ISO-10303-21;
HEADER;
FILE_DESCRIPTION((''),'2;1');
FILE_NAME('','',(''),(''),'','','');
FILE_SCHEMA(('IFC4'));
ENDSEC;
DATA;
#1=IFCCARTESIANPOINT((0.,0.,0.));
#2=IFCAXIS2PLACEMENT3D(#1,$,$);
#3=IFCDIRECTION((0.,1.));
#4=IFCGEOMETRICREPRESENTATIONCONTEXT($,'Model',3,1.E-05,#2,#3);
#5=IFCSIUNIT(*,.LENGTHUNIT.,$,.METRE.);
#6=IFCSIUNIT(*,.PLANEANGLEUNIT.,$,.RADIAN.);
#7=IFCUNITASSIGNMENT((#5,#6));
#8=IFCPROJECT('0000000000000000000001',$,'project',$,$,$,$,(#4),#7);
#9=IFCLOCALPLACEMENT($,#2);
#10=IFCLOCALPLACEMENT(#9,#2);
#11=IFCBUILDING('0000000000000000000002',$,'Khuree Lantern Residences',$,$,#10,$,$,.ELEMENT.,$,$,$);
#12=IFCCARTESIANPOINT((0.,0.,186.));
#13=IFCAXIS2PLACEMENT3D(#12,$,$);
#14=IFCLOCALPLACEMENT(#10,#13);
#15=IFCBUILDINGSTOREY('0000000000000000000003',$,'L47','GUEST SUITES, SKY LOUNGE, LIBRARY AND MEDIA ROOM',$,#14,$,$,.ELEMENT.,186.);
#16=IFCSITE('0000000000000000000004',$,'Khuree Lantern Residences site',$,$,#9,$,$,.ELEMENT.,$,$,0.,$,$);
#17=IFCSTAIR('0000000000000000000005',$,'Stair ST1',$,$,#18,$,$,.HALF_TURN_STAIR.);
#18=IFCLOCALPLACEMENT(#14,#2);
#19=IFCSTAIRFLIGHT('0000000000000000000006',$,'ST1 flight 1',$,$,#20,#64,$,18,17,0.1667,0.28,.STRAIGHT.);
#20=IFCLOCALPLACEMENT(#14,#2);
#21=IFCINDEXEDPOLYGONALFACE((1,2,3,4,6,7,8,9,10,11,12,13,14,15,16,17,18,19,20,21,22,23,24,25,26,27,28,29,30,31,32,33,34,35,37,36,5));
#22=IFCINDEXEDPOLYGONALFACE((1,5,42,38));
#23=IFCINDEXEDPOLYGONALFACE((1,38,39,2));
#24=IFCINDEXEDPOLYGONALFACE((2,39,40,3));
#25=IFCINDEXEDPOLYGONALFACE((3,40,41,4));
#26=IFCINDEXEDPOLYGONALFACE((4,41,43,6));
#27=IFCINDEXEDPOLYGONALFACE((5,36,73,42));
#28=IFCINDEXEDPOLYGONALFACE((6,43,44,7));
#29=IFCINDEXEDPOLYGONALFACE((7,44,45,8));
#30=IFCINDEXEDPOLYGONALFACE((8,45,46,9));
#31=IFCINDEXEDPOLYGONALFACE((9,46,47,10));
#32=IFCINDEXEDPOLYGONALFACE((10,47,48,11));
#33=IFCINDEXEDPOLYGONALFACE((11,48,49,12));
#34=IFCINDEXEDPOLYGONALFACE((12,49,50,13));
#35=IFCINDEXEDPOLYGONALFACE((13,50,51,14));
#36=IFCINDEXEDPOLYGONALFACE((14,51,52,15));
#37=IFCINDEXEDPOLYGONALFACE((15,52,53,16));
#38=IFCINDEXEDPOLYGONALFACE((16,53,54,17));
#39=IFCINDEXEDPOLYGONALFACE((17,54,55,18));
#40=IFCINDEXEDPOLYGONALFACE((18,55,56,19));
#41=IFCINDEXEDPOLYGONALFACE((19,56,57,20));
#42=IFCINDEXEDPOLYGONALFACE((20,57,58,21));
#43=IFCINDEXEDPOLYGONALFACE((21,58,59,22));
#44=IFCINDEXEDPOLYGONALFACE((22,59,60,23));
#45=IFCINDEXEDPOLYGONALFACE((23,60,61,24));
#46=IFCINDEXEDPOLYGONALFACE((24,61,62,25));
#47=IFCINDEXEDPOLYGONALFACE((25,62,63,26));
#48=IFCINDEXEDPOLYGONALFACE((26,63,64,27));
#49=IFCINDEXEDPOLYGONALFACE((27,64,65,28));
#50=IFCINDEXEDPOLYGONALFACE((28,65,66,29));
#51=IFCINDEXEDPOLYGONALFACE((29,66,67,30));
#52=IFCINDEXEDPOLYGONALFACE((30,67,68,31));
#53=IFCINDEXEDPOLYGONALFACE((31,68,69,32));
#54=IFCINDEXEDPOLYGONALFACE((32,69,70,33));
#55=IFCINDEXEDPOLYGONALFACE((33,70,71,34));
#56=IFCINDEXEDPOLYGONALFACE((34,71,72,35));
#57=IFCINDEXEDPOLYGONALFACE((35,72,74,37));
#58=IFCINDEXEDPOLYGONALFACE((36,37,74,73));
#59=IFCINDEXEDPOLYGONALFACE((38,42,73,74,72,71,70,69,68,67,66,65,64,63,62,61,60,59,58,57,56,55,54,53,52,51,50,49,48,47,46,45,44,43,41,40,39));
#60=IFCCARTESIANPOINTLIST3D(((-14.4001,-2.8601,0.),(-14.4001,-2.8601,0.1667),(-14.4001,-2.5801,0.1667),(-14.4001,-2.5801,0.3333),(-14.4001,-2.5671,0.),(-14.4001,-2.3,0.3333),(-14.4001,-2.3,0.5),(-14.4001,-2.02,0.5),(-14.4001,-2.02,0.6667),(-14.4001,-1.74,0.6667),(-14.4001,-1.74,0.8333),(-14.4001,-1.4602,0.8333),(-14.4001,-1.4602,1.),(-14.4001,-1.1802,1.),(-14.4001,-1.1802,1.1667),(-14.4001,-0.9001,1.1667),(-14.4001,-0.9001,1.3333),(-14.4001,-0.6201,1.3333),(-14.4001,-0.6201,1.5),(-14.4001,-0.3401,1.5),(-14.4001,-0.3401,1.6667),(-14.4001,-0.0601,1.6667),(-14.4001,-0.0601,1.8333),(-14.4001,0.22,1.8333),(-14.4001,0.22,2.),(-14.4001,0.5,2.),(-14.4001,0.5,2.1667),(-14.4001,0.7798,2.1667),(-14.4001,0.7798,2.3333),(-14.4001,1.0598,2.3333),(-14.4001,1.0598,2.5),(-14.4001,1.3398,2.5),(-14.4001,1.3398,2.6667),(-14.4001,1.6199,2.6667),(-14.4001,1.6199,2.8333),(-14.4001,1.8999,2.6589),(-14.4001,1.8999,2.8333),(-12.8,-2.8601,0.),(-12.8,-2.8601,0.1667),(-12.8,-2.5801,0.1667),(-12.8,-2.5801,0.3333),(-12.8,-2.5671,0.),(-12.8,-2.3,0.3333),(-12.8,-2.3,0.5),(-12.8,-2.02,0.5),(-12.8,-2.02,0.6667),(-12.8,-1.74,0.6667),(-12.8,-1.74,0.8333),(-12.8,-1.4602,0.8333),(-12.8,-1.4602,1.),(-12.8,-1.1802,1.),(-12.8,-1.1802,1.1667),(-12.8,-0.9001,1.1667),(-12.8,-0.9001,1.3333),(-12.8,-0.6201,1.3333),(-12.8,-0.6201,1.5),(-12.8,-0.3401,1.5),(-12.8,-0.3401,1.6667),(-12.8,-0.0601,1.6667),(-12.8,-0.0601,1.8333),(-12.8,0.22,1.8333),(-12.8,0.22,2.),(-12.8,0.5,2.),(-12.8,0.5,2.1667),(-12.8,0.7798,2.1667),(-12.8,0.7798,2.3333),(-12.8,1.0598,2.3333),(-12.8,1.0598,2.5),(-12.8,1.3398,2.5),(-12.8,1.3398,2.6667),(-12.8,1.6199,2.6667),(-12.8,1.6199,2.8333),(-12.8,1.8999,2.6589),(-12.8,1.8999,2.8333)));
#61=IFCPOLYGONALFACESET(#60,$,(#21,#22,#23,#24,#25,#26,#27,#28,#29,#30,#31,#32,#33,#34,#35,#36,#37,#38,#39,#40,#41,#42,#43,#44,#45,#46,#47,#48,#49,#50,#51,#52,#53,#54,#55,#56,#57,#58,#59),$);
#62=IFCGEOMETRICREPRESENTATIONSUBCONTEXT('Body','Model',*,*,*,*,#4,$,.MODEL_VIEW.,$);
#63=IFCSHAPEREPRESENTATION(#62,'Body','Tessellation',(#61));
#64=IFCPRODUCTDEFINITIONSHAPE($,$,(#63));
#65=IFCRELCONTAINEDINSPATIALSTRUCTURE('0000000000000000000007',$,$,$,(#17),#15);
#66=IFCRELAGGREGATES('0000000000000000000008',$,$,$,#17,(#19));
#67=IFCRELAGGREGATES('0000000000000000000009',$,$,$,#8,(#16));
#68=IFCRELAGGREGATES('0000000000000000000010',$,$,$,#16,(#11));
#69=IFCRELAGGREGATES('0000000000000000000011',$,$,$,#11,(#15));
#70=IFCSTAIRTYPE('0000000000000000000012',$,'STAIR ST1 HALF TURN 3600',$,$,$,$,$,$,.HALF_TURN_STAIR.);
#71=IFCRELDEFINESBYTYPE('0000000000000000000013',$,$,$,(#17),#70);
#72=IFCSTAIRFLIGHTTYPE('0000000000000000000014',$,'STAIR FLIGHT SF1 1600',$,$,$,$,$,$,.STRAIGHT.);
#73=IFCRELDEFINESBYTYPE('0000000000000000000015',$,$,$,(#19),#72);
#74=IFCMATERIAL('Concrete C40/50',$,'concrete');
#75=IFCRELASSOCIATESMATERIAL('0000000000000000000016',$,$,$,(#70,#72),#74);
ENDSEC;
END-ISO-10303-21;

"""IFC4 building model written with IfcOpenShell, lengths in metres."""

from ifc_helpers import new_model, si_unit, direction, frame, origin, place, context, subcontext, project, spatial, polyline, outline, extrude, material, type_object, element, aggregate, save


model = new_model("IFC4")

# Units and contexts
model_context = context("Model", 3, precision=1e-05, world=origin(), true_north=direction((0.0, 1.0)))
body_context = subcontext(model_context, "Body", "Model", "MODEL_VIEW")
ifc_project = project(units=[si_unit("LENGTHUNIT", "METRE"), si_unit("PLANEANGLEUNIT", "RADIAN")], contexts=[model_context])

# Site, building, storey
site_placement = place(None, origin())
site = spatial("IfcSite", under=ifc_project, at=site_placement, Name="Khuree Lantern Residences site", CompositionType="ELEMENT", RefElevation=0.0)
building_placement = place(site_placement, origin())
building = spatial("IfcBuilding", under=site, at=building_placement, Name="Khuree Lantern Residences", CompositionType="ELEMENT")
storey_placement = place(building_placement, frame((0.0, 0.0, 186.0)))
storey = spatial("IfcBuildingStorey", under=building, at=storey_placement, Name="L47", Description="GUEST SUITES, SKY LOUNGE, LIBRARY AND MEDIA ROOM", CompositionType="ELEMENT", Elevation=186.0)

# Stair, stair flight
ifc_material_1 = material(Name="Concrete C40/50", Category="concrete")
stair_type = type_object("IfcStairType", Name="STAIR ST1 HALF TURN 3600", PredefinedType="HALF_TURN_STAIR", material=ifc_material_1)
stair_placement = place(storey_placement, origin())
stair = element("IfcStair", 1, at=stair_placement, inside=storey, type_object=stair_type, Name="Stair ST1", PredefinedType="HALF_TURN_STAIR")
stair_flight_type = type_object("IfcStairFlightType", Name="STAIR FLIGHT SF1 1600", PredefinedType="STRAIGHT", material=ifc_material_1)
stair_flight_placement = place(storey_placement, frame((-13.6001, -2.8601, 0.0), z_axis=(0.0, 0.0, 1.0), x_axis=(0.0, 1.0, 0.0)))
stair_flight = element("IfcStairFlight", 2, at=stair_flight_placement, type_object=stair_flight_type, Name="ST1 flight 1", NumberOfRisers=18, NumberOfTreads=17, PredefinedType="STRAIGHT", RiserHeight=0.1667, TreadLength=0.28, context=body_context, shape_type="SweptSolid", body=[
    extrude(outline(polyline([(0.0, 0.0), (0.0, 0.1667), (0.28, 0.1667), (0.28, 0.3333), (0.5601, 0.3333), (0.5601, 0.5), (0.8401, 0.5), (0.8401, 0.6667), (1.1201, 0.6667), (1.1201, 0.8333), (1.3999, 0.8333), (1.3999, 1.0), (1.6799, 1.0), (1.6799, 1.1667), (1.96, 1.1667), (1.96, 1.3333), (2.24, 1.3333), (2.24, 1.5), (2.52, 1.5), (2.52, 1.6667), (2.8, 1.6667), (2.8, 1.8333), (3.0801, 1.8333), (3.0801, 2.0), (3.3601, 2.0), (3.3601, 2.1667), (3.6399, 2.1667), (3.6399, 2.3333), (3.9199, 2.3333), (3.9199, 2.5), (4.2, 2.5), (4.2, 2.6667), (4.48, 2.6667), (4.48, 2.8333), (4.76, 2.8333), (4.76, 3.0), (4.76, 2.6589), (0.293, 0.0), (0.0, 0.0)])), frame((0.0, 0.8, 0.0), z_axis=(0.0, -1.0, 0.0), x_axis=(1.0, 0.0, 0.0)), (0.0, 0.0, 1.0), 1.6001),
])
aggregate(stair, [stair_flight])

save(model, "model.ifc")
